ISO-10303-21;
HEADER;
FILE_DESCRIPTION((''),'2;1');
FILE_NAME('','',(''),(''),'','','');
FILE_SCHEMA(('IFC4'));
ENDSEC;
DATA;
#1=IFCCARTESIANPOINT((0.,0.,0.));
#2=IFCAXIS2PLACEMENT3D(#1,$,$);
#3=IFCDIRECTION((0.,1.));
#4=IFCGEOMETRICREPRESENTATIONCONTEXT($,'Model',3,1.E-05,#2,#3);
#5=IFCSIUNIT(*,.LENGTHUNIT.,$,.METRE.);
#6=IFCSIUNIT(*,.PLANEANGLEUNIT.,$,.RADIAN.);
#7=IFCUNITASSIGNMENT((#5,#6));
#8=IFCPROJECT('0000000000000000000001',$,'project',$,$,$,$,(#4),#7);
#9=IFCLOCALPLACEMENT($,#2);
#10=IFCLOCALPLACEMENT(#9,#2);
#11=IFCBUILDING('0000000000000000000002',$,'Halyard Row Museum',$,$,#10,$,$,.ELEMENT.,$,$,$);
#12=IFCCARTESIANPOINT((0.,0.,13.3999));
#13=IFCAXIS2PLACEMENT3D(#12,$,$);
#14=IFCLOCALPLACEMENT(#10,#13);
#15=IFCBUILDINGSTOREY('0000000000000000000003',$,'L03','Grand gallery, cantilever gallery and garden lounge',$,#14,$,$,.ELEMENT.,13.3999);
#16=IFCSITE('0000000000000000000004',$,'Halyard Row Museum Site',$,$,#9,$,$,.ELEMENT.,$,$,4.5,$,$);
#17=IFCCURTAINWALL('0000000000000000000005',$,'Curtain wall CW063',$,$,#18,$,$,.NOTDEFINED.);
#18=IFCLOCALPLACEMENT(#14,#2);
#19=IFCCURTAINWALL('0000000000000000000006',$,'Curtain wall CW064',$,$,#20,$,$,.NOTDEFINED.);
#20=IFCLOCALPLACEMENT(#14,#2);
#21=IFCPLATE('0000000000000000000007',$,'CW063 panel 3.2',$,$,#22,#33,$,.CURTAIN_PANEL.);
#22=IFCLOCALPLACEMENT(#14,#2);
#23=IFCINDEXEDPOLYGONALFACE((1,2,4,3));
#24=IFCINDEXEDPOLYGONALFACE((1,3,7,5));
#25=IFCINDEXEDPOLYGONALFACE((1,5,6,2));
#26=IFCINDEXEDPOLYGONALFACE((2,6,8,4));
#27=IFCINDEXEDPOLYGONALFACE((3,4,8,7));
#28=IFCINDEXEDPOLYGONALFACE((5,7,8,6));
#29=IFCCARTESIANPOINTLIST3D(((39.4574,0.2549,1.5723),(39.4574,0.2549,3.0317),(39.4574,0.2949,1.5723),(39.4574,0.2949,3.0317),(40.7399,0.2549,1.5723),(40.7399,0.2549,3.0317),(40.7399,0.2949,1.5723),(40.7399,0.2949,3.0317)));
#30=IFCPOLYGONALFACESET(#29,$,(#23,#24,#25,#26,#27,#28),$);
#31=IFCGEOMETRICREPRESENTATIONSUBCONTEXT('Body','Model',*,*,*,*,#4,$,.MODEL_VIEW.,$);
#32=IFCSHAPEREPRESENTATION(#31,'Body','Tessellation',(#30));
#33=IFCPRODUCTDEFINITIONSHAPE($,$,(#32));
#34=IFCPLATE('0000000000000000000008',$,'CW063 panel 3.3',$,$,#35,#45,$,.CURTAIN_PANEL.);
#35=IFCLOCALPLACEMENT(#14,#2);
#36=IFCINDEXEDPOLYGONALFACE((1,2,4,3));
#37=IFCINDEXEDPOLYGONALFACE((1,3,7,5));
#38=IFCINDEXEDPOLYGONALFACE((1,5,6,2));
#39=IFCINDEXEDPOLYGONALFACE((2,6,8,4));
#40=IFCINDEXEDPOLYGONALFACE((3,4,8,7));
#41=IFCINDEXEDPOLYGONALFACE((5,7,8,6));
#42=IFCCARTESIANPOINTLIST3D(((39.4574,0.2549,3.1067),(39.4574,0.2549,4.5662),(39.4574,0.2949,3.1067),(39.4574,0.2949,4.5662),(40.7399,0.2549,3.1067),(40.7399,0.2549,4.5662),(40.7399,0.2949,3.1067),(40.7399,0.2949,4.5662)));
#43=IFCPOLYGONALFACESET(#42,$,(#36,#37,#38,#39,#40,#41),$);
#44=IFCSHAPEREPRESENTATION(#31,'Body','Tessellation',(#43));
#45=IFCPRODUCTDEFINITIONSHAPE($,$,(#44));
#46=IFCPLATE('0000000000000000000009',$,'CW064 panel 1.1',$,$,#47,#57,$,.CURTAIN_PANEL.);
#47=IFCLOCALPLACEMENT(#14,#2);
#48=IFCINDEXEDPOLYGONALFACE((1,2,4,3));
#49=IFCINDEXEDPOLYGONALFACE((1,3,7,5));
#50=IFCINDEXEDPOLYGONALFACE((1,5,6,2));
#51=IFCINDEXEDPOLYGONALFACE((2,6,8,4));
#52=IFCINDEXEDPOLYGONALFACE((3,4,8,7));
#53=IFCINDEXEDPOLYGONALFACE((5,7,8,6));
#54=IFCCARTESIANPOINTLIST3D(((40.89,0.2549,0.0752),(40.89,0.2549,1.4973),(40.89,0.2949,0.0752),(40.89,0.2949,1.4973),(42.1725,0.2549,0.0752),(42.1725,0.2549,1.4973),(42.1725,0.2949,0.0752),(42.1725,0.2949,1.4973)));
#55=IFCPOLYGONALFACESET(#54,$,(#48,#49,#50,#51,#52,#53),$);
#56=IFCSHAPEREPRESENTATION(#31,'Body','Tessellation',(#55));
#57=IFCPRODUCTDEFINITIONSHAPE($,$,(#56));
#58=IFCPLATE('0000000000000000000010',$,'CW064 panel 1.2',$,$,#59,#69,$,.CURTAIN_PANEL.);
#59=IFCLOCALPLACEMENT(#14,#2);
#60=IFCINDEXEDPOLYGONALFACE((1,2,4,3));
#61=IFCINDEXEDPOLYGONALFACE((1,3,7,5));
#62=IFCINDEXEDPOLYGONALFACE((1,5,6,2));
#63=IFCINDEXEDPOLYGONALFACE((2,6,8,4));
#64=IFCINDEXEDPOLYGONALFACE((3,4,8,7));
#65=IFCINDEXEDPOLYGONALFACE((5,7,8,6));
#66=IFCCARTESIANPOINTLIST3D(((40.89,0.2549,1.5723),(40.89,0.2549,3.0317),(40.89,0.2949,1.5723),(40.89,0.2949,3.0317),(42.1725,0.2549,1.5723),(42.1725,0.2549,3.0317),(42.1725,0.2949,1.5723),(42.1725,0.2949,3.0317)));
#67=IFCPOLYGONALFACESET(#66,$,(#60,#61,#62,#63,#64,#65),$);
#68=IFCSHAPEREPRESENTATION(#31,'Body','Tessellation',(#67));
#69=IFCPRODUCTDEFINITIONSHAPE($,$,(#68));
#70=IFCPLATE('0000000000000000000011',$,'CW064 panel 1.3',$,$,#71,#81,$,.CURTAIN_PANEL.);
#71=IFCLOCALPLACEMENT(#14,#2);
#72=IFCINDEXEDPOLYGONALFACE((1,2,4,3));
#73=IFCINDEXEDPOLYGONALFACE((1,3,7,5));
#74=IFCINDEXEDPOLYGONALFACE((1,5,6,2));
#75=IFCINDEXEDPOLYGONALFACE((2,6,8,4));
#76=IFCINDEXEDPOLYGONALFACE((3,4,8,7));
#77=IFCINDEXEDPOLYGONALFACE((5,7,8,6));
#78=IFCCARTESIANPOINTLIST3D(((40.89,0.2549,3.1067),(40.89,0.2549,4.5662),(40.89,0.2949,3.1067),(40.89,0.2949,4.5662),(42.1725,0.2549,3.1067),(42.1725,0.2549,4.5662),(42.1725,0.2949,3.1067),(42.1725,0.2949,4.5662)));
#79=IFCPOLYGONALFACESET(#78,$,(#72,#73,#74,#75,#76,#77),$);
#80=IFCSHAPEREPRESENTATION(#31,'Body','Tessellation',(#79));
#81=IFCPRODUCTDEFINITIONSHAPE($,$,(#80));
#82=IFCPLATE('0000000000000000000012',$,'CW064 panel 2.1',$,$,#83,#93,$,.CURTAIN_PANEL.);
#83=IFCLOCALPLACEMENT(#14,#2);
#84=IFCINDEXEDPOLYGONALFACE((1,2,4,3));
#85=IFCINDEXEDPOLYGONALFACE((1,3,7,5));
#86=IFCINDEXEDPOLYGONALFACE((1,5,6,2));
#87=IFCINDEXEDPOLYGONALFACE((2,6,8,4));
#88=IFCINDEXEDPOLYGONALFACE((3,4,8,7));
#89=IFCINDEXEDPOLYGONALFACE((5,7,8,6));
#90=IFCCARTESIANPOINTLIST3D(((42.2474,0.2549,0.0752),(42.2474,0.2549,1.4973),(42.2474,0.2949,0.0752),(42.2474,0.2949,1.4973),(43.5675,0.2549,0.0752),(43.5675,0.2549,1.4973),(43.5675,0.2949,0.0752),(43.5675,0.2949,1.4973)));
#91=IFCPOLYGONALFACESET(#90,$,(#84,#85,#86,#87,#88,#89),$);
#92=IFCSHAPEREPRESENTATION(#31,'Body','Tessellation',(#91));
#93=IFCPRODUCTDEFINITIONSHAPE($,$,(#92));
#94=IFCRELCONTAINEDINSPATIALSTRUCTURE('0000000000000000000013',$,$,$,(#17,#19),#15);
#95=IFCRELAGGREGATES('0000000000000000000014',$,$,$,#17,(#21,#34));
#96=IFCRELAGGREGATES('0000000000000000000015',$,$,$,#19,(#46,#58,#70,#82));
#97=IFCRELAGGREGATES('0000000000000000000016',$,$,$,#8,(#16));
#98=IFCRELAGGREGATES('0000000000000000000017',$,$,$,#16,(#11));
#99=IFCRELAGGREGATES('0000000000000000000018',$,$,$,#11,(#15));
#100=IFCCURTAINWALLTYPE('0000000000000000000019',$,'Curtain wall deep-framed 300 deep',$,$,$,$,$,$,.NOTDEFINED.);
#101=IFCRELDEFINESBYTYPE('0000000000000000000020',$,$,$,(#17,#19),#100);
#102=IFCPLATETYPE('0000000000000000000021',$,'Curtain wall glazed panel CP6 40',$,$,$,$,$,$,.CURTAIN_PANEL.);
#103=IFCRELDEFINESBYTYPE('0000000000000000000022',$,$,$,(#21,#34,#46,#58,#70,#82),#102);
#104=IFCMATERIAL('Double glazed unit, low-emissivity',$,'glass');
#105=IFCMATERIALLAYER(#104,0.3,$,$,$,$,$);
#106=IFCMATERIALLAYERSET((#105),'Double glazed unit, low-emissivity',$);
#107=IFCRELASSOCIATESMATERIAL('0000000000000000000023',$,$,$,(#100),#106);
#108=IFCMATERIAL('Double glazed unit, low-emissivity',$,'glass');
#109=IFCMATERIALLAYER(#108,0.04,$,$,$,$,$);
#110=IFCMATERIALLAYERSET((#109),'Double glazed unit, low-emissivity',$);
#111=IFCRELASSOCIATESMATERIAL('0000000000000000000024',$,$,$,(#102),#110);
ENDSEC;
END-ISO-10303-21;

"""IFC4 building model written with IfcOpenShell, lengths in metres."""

from ifc_helpers import new_model, si_unit, direction, frame, origin, origin_2d, place, context, subcontext, project, spatial, rectangle, extrude, material, layer, layer_set, type_object, element, aggregate, save


model = new_model("IFC4")

# Units and contexts
model_context = context("Model", 3, precision=1e-05, world=origin(), true_north=direction((0.0, 1.0)))
body_context = subcontext(model_context, "Body", "Model", "MODEL_VIEW")
ifc_project = project(units=[si_unit("LENGTHUNIT", "METRE"), si_unit("PLANEANGLEUNIT", "RADIAN")], contexts=[model_context])

# Site, building, storey
site_placement = place(None, origin())
site = spatial("IfcSite", under=ifc_project, at=site_placement, Name="Halyard Row Museum Site", CompositionType="ELEMENT", RefElevation=4.5)
building_placement = place(site_placement, origin())
building = spatial("IfcBuilding", under=site, at=building_placement, Name="Halyard Row Museum", CompositionType="ELEMENT")
storey_placement = place(building_placement, frame((0.0, 0.0, 13.3999)))
storey = spatial("IfcBuildingStorey", under=building, at=storey_placement, Name="L03", Description="Grand gallery, cantilever gallery and garden lounge", CompositionType="ELEMENT", Elevation=13.3999)

# Curtain walls
ifc_material_1 = material(Name="Double glazed unit, low-emissivity", Category="glass")
ifc_layer_1 = layer(ifc_material_1, 0.3)
ifc_layer_set_1 = layer_set([ifc_layer_1], Name="Double glazed unit, low-emissivity")
curtain_wall_type = type_object("IfcCurtainWallType", Name="Curtain wall deep-framed 300 deep", PredefinedType="NOTDEFINED", material=ifc_layer_set_1)
curtain_wall_1_placement = place(storey_placement, origin())
curtain_wall_1 = element("IfcCurtainWall", 1, at=curtain_wall_1_placement, inside=storey, type_object=curtain_wall_type, Name="Curtain wall CW063", PredefinedType="NOTDEFINED")
curtain_wall_2_placement = place(storey_placement, origin())
curtain_wall_2 = element("IfcCurtainWall", 2, at=curtain_wall_2_placement, inside=storey, type_object=curtain_wall_type, Name="Curtain wall CW064", PredefinedType="NOTDEFINED")

# Plates
ifc_material_2 = material(Name="Double glazed unit, low-emissivity", Category="glass")
ifc_layer_2 = layer(ifc_material_2, 0.04)
ifc_layer_set_2 = layer_set([ifc_layer_2], Name="Double glazed unit, low-emissivity")
plate_type = type_object("IfcPlateType", Name="Curtain wall glazed panel CP6 40", PredefinedType="CURTAIN_PANEL", material=ifc_layer_set_2)
plate_1_placement = place(storey_placement, frame((40.0986, 0.2749, 1.5723), z_axis=(0.0, 0.0, 1.0), x_axis=(1.0, 0.0, 0.0)))
plate_1 = element("IfcPlate", 3, at=plate_1_placement, type_object=plate_type, Name="CW063 panel 3.2", PredefinedType="CURTAIN_PANEL", context=body_context, shape_type="SweptSolid", body=[
    extrude(rectangle(XDim=1.2825, YDim=0.04, at=origin_2d()), origin(), (0.0, 0.0, 1.0), 1.4595),
])
plate_2_placement = place(storey_placement, frame((40.0986, 0.2749, 3.1067), z_axis=(0.0, 0.0, 1.0), x_axis=(1.0, 0.0, 0.0)))
plate_2 = element("IfcPlate", 4, at=plate_2_placement, type_object=plate_type, Name="CW063 panel 3.3", PredefinedType="CURTAIN_PANEL", context=body_context, shape_type="SweptSolid", body=[
    extrude(rectangle(XDim=1.2825, YDim=0.04, at=origin_2d()), origin(), (0.0, 0.0, 1.0), 1.4595),
])
aggregate(curtain_wall_1, [plate_1, plate_2])
plate_3_placement = place(storey_placement, frame((41.5312, 0.2749, 0.0752), z_axis=(0.0, 0.0, 1.0), x_axis=(1.0, 0.0, 0.0)))
plate_3 = element("IfcPlate", 5, at=plate_3_placement, type_object=plate_type, Name="CW064 panel 1.1", PredefinedType="CURTAIN_PANEL", context=body_context, shape_type="SweptSolid", body=[
    extrude(rectangle(XDim=1.2825, YDim=0.04, at=origin_2d()), origin(), (0.0, 0.0, 1.0), 1.4221),
])
plate_4_placement = place(storey_placement, frame((41.5312, 0.2749, 1.5723), z_axis=(0.0, 0.0, 1.0), x_axis=(1.0, 0.0, 0.0)))
plate_4 = element("IfcPlate", 6, at=plate_4_placement, type_object=plate_type, Name="CW064 panel 1.2", PredefinedType="CURTAIN_PANEL", context=body_context, shape_type="SweptSolid", body=[
    extrude(rectangle(XDim=1.2825, YDim=0.04, at=origin_2d()), origin(), (0.0, 0.0, 1.0), 1.4595),
])
plate_5_placement = place(storey_placement, frame((41.5312, 0.2749, 3.1067), z_axis=(0.0, 0.0, 1.0), x_axis=(1.0, 0.0, 0.0)))
plate_5 = element("IfcPlate", 7, at=plate_5_placement, type_object=plate_type, Name="CW064 panel 1.3", PredefinedType="CURTAIN_PANEL", context=body_context, shape_type="SweptSolid", body=[
    extrude(rectangle(XDim=1.2825, YDim=0.04, at=origin_2d()), origin(), (0.0, 0.0, 1.0), 1.4595),
])
plate_6_placement = place(storey_placement, frame((42.9075, 0.2749, 0.0752), z_axis=(0.0, 0.0, 1.0), x_axis=(1.0, 0.0, 0.0)))
plate_6 = element("IfcPlate", 8, at=plate_6_placement, type_object=plate_type, Name="CW064 panel 2.1", PredefinedType="CURTAIN_PANEL", context=body_context, shape_type="SweptSolid", body=[
    extrude(rectangle(XDim=1.3201, YDim=0.04, at=origin_2d()), origin(), (0.0, 0.0, 1.0), 1.4221),
])
aggregate(curtain_wall_2, [plate_3, plate_4, plate_5, plate_6])

save(model, "model.ifc")
